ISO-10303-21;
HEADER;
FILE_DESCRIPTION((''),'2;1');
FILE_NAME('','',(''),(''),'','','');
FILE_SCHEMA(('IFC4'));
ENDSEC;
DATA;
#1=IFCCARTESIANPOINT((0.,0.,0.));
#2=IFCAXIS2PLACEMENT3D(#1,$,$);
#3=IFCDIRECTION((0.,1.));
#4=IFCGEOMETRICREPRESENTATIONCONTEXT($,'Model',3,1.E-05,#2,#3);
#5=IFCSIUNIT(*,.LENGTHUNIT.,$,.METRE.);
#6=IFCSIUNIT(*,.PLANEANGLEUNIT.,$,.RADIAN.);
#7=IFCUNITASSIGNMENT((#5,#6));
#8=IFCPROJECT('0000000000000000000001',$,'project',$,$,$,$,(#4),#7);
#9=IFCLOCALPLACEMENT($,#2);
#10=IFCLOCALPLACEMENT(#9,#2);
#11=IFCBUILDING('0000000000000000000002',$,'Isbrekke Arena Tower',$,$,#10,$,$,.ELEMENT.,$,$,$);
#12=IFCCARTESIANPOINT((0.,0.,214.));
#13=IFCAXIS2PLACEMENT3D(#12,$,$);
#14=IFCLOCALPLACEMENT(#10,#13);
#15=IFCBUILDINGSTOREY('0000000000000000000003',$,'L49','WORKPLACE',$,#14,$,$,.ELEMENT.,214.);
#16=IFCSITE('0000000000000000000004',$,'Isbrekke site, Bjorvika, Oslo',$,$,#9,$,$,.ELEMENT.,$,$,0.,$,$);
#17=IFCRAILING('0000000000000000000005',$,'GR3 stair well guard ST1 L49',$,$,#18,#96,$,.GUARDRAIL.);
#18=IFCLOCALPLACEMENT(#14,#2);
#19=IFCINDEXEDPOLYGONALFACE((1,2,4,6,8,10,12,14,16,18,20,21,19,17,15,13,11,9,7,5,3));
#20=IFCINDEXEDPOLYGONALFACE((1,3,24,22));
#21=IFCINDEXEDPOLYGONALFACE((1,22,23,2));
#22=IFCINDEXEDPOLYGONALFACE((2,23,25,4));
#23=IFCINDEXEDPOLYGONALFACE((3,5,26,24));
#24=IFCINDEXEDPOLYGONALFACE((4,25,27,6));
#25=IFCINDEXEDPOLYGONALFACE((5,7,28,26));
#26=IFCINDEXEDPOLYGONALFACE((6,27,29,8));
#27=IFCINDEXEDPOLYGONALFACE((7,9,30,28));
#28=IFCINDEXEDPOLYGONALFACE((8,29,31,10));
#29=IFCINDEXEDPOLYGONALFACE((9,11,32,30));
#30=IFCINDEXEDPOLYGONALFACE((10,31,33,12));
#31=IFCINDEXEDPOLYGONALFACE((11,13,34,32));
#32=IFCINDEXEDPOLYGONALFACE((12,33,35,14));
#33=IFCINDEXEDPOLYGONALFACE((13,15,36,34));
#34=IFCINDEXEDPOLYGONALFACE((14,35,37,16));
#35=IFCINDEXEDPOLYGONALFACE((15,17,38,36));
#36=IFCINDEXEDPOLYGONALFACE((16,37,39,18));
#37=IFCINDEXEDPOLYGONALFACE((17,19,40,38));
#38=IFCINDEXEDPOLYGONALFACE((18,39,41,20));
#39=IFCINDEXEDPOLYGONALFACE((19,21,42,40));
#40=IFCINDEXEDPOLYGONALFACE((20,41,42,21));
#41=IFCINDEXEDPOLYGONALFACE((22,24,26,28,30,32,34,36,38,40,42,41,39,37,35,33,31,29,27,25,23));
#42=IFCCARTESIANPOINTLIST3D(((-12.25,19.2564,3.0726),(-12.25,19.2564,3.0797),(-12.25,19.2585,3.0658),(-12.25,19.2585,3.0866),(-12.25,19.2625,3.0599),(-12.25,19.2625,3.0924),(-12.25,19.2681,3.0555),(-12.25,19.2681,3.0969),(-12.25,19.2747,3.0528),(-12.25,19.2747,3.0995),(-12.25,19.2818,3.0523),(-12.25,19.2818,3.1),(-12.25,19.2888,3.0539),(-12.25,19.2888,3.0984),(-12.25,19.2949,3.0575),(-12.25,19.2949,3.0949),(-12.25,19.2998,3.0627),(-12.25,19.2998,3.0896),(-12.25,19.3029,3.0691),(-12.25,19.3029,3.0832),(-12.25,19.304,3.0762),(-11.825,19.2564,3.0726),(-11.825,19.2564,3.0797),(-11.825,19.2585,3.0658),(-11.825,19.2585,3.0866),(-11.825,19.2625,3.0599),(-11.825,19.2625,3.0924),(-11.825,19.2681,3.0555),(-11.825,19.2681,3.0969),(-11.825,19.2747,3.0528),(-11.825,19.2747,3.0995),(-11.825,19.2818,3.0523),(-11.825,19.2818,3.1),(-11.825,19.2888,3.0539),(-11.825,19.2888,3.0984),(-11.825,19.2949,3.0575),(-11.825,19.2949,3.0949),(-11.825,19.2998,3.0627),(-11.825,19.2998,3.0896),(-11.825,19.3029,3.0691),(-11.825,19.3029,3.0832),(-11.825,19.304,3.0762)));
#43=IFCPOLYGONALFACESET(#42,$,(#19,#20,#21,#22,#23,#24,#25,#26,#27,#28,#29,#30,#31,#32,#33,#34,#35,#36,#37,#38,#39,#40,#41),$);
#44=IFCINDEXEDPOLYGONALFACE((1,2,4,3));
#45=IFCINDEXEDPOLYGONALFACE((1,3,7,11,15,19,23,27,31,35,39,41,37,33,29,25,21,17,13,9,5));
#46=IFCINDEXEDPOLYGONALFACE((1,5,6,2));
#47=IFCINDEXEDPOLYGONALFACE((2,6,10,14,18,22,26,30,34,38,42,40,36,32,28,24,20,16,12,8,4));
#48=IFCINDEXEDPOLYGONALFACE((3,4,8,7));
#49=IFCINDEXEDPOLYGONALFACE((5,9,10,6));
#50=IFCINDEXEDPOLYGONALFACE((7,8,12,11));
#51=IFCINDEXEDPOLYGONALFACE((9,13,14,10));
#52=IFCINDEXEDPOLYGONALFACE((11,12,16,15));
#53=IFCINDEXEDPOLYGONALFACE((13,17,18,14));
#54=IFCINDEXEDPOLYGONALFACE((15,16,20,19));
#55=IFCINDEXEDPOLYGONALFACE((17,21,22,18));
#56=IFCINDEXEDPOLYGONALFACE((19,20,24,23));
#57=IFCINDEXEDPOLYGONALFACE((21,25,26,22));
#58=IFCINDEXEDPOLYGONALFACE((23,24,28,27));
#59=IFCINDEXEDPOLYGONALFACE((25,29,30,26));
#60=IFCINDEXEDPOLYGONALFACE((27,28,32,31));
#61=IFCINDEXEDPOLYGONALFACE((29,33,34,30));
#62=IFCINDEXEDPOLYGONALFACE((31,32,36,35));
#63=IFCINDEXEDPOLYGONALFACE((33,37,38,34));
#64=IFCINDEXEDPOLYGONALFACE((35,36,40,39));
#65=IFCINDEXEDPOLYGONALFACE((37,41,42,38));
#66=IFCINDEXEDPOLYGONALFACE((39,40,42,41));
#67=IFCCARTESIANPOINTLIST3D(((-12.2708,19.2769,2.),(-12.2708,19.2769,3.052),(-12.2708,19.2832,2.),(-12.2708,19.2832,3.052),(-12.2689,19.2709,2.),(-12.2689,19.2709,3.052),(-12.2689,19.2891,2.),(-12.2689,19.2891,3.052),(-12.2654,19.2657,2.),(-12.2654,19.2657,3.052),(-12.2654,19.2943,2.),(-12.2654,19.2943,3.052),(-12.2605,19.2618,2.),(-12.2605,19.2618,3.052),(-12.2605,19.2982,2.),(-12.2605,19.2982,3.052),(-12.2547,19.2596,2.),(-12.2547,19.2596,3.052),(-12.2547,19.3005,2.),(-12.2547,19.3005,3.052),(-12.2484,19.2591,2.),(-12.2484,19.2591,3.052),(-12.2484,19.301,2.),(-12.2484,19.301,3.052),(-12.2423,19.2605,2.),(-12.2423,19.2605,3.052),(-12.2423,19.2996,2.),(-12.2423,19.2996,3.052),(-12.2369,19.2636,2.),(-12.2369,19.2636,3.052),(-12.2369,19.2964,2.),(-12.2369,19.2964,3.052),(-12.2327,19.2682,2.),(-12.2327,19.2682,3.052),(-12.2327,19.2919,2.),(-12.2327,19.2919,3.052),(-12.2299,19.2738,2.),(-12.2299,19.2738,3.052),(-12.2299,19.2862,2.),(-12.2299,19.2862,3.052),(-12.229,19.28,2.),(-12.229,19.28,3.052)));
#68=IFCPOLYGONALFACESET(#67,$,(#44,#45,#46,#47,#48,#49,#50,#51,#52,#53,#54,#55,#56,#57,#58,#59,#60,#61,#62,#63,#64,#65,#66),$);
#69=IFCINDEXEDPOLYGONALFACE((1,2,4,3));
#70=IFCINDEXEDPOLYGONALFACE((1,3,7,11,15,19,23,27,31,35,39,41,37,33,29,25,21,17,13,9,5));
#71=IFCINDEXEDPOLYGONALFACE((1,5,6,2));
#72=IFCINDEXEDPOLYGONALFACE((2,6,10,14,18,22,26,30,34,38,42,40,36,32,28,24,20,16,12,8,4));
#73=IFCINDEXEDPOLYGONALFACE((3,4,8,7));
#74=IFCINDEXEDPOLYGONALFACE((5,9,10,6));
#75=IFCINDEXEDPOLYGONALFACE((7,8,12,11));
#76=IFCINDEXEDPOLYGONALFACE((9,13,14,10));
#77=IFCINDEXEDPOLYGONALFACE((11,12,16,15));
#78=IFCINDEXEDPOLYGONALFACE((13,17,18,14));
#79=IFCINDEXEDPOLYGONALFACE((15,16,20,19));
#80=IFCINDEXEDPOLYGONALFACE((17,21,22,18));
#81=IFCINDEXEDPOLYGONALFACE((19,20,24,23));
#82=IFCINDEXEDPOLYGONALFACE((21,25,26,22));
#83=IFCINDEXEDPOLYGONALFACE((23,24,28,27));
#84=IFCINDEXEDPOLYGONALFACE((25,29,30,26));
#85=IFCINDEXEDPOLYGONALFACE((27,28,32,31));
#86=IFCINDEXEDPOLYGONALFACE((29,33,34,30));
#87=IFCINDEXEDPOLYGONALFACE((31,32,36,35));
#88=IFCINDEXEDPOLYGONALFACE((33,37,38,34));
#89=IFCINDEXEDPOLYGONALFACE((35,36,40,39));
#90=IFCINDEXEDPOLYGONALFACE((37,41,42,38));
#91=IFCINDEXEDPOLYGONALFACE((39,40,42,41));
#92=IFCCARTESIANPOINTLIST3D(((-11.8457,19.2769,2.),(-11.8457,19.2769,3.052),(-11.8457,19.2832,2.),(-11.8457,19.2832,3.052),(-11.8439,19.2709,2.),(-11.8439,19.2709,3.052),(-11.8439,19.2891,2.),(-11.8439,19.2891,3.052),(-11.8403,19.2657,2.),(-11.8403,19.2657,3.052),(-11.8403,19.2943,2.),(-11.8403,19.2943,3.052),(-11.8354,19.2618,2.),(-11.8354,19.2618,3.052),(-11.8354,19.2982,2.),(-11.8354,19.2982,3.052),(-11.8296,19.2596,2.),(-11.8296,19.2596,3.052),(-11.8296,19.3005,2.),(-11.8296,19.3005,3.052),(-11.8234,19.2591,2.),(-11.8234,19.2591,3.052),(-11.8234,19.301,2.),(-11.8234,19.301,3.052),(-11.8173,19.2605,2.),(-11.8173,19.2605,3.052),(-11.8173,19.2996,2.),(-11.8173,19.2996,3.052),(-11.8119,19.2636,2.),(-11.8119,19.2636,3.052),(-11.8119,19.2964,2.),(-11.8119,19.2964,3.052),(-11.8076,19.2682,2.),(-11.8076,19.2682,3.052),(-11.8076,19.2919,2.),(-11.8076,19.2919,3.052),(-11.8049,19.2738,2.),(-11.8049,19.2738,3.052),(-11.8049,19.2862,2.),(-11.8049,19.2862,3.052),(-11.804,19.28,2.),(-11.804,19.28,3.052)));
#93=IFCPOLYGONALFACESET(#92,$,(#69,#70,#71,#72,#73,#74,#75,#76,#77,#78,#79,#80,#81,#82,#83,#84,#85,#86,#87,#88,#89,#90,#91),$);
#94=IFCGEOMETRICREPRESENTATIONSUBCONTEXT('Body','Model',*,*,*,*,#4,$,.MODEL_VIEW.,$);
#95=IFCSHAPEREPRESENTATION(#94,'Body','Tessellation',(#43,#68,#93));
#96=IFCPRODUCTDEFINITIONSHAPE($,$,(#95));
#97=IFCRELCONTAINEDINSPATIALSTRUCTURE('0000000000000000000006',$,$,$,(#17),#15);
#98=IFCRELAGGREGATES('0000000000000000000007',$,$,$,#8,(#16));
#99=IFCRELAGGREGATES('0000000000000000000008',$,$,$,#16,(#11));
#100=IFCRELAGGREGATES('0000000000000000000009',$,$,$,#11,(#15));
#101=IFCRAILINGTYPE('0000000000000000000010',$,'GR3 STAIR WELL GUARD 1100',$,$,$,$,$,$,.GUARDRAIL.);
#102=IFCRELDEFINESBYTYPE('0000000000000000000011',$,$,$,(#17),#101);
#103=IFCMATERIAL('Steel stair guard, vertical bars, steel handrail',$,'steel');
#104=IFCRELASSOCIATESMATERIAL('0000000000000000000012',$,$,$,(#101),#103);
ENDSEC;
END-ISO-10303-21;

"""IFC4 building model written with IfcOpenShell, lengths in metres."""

from ifc_helpers import new_model, si_unit, direction, frame, origin, origin_2d, place, context, subcontext, project, spatial, circle, extrude, material, type_object, element, save


model = new_model("IFC4")

# Units and contexts
model_context = context("Model", 3, precision=1e-05, world=origin(), true_north=direction((0.0, 1.0)))
body_context = subcontext(model_context, "Body", "Model", "MODEL_VIEW")
ifc_project = project(units=[si_unit("LENGTHUNIT", "METRE"), si_unit("PLANEANGLEUNIT", "RADIAN")], contexts=[model_context])

# Site, building, storey
site_placement = place(None, origin())
site = spatial("IfcSite", under=ifc_project, at=site_placement, Name="Isbrekke site, Bjorvika, Oslo", CompositionType="ELEMENT", RefElevation=0.0)
building_placement = place(site_placement, origin())
building = spatial("IfcBuilding", under=site, at=building_placement, Name="Isbrekke Arena Tower", CompositionType="ELEMENT")
storey_placement = place(building_placement, frame((0.0, 0.0, 214.0)))
storey = spatial("IfcBuildingStorey", under=building, at=storey_placement, Name="L49", Description="WORKPLACE", CompositionType="ELEMENT", Elevation=214.0)

# Railing
ifc_material_1 = material(Name="Steel stair guard, vertical bars, steel handrail", Category="steel")
railing_type = type_object("IfcRailingType", Name="GR3 STAIR WELL GUARD 1100", PredefinedType="GUARDRAIL", material=ifc_material_1)
for number, where, name in (
    (1, (-12.25, 19.28, 2.0), "GR3 stair well guard ST1 L49"),
):
    element("IfcRailing", number, at=place(storey_placement, frame(where)), inside=storey, type_object=railing_type, Name=name, PredefinedType="GUARDRAIL", context=body_context, shape_type="SweptSolid", body=[
        extrude(circle(Radius=0.0239, at=origin_2d()), frame((0.0, 0.0, 1.0762), z_axis=(1.0, 0.0, 0.0), x_axis=(0.0, 1.0, 0.0)), (0.0, 0.0, 1.0), 0.425),
        extrude(circle(Radius=0.021, at=origin_2d()), origin(), (0.0, 0.0, 1.0), 1.052),
        extrude(circle(Radius=0.021, at=origin_2d()), frame((0.425, 0.0, 0.0)), (0.0, 0.0, 1.0), 1.052),
    ])

save(model, "model.ifc")
